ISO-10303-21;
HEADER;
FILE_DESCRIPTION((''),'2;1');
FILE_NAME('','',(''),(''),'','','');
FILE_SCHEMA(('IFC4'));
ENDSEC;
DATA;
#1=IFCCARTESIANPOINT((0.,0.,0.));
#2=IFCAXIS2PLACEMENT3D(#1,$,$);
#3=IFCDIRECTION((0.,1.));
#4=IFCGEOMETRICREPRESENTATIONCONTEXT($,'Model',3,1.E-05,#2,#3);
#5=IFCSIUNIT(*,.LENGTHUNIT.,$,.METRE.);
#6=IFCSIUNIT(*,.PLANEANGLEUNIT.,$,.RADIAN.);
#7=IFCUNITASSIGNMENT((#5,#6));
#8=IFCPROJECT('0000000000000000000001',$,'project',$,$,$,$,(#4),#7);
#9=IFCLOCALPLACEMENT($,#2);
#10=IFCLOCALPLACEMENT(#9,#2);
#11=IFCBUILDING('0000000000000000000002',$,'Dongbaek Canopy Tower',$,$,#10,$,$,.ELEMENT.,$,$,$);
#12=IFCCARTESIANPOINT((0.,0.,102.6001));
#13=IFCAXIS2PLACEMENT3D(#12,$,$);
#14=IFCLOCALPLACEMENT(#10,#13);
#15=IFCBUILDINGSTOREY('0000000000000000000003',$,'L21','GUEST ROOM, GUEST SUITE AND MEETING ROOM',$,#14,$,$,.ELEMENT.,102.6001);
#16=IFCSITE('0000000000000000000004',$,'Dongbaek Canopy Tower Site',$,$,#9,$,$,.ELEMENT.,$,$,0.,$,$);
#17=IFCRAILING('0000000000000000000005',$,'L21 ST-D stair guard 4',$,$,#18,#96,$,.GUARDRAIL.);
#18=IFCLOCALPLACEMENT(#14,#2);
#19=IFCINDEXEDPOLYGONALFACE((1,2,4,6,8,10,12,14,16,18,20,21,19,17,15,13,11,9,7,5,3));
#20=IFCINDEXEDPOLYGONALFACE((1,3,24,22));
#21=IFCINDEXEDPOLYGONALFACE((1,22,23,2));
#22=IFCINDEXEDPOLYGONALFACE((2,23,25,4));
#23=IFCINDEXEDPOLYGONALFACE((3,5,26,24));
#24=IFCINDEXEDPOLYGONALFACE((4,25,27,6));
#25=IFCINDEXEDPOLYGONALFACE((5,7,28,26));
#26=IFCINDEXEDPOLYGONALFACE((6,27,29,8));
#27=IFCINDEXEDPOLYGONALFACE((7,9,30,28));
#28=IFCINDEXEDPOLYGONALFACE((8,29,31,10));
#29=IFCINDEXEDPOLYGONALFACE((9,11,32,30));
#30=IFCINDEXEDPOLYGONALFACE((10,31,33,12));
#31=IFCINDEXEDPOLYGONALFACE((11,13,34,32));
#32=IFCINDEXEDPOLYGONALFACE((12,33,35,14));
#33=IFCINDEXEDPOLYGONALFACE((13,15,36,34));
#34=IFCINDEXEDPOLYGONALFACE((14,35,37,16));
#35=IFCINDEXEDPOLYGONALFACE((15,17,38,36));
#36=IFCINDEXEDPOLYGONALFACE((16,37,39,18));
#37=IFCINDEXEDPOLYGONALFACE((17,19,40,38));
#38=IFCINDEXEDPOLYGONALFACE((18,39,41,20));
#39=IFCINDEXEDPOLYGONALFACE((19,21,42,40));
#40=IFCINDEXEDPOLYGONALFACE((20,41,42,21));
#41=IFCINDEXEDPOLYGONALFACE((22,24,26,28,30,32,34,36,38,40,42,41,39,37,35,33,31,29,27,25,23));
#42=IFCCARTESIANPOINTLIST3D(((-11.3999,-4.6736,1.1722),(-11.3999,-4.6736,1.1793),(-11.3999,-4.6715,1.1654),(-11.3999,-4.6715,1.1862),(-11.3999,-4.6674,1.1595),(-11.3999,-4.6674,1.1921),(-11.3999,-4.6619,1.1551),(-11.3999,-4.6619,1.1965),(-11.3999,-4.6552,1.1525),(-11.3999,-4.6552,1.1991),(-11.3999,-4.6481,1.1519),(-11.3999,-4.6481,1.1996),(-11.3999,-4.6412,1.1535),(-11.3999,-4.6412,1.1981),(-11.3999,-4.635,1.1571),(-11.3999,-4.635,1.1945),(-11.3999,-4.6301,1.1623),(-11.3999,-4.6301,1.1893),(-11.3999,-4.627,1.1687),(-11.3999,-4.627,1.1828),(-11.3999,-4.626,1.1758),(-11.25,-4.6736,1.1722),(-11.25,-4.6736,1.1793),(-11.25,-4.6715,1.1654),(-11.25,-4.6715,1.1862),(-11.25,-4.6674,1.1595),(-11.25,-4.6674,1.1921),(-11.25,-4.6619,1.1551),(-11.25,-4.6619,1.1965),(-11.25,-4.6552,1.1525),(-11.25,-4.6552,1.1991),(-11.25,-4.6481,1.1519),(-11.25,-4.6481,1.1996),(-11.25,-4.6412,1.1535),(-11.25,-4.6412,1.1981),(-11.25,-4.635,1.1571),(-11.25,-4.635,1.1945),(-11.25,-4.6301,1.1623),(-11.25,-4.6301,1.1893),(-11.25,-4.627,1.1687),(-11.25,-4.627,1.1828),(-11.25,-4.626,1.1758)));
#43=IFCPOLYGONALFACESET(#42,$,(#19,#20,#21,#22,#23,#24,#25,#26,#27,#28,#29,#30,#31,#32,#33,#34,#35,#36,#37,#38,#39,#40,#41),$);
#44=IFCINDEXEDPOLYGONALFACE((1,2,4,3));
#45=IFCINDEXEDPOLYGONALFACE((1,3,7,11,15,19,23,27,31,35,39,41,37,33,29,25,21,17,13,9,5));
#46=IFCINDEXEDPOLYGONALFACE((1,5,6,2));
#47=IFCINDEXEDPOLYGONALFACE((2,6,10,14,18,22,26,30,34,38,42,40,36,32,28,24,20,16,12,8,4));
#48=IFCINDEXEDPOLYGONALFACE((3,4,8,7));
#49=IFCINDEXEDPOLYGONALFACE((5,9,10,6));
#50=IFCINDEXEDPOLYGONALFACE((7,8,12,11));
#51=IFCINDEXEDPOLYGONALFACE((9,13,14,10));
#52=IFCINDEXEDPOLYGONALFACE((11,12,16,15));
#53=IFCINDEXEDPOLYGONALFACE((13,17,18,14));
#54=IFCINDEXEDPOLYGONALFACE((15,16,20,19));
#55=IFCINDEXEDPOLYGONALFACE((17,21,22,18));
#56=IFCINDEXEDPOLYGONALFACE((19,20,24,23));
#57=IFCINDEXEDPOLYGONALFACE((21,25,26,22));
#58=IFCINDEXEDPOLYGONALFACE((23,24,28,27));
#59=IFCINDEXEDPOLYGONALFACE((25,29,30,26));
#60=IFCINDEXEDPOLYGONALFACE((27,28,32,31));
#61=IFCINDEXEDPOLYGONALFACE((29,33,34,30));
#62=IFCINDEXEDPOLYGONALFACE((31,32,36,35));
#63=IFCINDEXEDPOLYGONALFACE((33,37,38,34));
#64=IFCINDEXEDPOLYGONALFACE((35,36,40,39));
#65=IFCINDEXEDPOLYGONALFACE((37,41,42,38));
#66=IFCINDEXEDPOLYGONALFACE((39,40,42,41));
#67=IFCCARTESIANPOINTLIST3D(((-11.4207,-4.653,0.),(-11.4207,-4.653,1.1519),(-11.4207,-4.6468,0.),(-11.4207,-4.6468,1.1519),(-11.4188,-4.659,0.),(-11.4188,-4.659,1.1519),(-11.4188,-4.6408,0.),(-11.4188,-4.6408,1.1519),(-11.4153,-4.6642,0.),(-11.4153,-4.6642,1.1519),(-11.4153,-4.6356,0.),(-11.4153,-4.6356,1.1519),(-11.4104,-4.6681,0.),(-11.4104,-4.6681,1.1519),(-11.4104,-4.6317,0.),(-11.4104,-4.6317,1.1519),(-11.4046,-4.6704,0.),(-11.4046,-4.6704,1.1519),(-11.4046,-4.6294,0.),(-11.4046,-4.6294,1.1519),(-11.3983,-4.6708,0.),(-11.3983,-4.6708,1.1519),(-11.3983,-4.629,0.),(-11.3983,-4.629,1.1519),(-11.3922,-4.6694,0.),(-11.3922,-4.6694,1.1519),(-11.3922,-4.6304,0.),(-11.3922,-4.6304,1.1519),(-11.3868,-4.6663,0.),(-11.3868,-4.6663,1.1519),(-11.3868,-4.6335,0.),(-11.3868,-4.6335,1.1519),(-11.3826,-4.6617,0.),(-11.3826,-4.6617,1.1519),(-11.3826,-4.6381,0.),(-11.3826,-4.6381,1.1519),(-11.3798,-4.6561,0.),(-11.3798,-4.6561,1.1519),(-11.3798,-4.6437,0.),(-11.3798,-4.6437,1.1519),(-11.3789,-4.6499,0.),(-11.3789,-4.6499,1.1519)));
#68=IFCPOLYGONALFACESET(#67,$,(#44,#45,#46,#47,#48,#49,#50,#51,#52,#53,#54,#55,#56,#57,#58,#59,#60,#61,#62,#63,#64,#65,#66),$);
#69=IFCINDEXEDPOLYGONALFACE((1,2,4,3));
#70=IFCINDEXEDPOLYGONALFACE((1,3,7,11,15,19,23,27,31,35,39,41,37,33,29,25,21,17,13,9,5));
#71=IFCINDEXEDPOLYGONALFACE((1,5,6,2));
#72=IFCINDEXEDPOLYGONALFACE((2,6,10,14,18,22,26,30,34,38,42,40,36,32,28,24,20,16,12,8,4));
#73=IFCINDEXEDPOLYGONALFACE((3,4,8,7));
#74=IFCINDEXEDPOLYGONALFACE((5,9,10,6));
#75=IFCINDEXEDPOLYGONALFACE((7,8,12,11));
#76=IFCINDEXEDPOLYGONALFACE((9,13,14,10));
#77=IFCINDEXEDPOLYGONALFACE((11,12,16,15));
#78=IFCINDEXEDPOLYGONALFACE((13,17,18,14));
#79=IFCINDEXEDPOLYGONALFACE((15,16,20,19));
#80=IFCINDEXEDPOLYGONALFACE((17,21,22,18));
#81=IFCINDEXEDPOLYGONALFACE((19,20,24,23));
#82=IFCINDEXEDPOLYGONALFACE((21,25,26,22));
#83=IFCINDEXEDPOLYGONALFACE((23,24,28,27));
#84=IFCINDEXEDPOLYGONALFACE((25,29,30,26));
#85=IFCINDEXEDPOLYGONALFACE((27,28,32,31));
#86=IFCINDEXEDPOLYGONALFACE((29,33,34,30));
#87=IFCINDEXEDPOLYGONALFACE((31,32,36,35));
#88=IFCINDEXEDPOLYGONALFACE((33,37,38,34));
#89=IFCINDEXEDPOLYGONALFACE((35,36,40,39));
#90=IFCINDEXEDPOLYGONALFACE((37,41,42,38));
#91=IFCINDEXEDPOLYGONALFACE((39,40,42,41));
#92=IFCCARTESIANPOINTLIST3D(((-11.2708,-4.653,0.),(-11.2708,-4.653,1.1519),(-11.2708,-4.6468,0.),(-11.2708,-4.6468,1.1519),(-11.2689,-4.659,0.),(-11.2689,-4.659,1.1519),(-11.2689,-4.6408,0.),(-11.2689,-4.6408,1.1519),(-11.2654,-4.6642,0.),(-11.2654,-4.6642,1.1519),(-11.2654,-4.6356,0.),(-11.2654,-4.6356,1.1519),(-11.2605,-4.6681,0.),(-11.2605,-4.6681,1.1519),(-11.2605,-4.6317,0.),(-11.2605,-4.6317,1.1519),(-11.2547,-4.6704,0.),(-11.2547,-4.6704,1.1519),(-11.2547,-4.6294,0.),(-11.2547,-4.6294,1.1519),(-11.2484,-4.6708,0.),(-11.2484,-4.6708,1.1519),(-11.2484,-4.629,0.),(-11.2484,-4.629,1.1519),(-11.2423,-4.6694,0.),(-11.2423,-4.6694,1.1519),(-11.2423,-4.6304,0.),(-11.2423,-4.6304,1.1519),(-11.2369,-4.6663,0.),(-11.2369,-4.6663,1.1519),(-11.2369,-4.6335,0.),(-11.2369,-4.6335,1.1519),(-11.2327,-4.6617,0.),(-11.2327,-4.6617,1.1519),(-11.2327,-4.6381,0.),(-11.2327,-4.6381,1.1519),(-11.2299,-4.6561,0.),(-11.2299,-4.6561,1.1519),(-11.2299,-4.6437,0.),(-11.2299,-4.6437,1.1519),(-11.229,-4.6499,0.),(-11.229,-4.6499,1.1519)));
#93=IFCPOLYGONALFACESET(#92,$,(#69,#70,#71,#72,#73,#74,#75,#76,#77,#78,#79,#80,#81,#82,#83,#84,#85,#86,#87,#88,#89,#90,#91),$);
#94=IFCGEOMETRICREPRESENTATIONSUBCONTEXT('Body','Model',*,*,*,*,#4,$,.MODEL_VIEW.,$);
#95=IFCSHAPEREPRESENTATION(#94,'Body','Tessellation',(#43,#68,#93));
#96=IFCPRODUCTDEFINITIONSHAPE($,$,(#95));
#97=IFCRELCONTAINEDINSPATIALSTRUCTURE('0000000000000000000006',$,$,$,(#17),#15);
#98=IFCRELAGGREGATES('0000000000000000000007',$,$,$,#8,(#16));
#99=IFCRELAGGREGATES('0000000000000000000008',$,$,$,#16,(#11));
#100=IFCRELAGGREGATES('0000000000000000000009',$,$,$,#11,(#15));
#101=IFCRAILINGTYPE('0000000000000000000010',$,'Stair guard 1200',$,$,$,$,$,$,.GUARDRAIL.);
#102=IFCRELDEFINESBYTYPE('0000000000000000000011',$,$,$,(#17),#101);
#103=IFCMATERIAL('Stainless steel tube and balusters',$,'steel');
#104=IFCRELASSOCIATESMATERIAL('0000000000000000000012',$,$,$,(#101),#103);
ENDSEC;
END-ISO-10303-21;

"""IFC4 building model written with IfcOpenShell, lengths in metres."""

from ifc_helpers import new_model, si_unit, direction, frame, origin, origin_2d, place, context, subcontext, project, spatial, circle, extrude, material, type_object, element, save


model = new_model("IFC4")

# Units and contexts
model_context = context("Model", 3, precision=1e-05, world=origin(), true_north=direction((0.0, 1.0)))
body_context = subcontext(model_context, "Body", "Model", "MODEL_VIEW")
ifc_project = project(units=[si_unit("LENGTHUNIT", "METRE"), si_unit("PLANEANGLEUNIT", "RADIAN")], contexts=[model_context])

# Site, building, storey
site_placement = place(None, origin())
site = spatial("IfcSite", under=ifc_project, at=site_placement, Name="Dongbaek Canopy Tower Site", CompositionType="ELEMENT", RefElevation=0.0)
building_placement = place(site_placement, origin())
building = spatial("IfcBuilding", under=site, at=building_placement, Name="Dongbaek Canopy Tower", CompositionType="ELEMENT")
storey_placement = place(building_placement, frame((0.0, 0.0, 102.6001)))
storey = spatial("IfcBuildingStorey", under=building, at=storey_placement, Name="L21", Description="GUEST ROOM, GUEST SUITE AND MEETING ROOM", CompositionType="ELEMENT", Elevation=102.6001)

# Railing
ifc_material_1 = material(Name="Stainless steel tube and balusters", Category="steel")
railing_type_1 = type_object("IfcRailingType", Name="Stair guard 1200", PredefinedType="GUARDRAIL", material=ifc_material_1)
railing_1_placement = place(storey_placement, frame((-11.3999, -4.6499, 0.0)))
element("IfcRailing", 1, at=railing_1_placement, inside=storey, type_object=railing_type_1, Name="L21 ST-D stair guard 4", PredefinedType="GUARDRAIL", context=body_context, shape_type="SweptSolid", body=[
    extrude(circle(Radius=0.0239, at=origin_2d()), frame((0.0, 0.0, 1.1758), z_axis=(1.0, 0.0, 0.0), x_axis=(0.0, 1.0, 0.0)), (0.0, 0.0, 1.0), 0.1499),
    extrude(circle(Radius=0.021, at=origin_2d()), origin(), (0.0, 0.0, 1.0), 1.1519),
    extrude(circle(Radius=0.021, at=origin_2d()), frame((0.1499, 0.0, 0.0)), (0.0, 0.0, 1.0), 1.1519),
])

save(model, "model.ifc")
